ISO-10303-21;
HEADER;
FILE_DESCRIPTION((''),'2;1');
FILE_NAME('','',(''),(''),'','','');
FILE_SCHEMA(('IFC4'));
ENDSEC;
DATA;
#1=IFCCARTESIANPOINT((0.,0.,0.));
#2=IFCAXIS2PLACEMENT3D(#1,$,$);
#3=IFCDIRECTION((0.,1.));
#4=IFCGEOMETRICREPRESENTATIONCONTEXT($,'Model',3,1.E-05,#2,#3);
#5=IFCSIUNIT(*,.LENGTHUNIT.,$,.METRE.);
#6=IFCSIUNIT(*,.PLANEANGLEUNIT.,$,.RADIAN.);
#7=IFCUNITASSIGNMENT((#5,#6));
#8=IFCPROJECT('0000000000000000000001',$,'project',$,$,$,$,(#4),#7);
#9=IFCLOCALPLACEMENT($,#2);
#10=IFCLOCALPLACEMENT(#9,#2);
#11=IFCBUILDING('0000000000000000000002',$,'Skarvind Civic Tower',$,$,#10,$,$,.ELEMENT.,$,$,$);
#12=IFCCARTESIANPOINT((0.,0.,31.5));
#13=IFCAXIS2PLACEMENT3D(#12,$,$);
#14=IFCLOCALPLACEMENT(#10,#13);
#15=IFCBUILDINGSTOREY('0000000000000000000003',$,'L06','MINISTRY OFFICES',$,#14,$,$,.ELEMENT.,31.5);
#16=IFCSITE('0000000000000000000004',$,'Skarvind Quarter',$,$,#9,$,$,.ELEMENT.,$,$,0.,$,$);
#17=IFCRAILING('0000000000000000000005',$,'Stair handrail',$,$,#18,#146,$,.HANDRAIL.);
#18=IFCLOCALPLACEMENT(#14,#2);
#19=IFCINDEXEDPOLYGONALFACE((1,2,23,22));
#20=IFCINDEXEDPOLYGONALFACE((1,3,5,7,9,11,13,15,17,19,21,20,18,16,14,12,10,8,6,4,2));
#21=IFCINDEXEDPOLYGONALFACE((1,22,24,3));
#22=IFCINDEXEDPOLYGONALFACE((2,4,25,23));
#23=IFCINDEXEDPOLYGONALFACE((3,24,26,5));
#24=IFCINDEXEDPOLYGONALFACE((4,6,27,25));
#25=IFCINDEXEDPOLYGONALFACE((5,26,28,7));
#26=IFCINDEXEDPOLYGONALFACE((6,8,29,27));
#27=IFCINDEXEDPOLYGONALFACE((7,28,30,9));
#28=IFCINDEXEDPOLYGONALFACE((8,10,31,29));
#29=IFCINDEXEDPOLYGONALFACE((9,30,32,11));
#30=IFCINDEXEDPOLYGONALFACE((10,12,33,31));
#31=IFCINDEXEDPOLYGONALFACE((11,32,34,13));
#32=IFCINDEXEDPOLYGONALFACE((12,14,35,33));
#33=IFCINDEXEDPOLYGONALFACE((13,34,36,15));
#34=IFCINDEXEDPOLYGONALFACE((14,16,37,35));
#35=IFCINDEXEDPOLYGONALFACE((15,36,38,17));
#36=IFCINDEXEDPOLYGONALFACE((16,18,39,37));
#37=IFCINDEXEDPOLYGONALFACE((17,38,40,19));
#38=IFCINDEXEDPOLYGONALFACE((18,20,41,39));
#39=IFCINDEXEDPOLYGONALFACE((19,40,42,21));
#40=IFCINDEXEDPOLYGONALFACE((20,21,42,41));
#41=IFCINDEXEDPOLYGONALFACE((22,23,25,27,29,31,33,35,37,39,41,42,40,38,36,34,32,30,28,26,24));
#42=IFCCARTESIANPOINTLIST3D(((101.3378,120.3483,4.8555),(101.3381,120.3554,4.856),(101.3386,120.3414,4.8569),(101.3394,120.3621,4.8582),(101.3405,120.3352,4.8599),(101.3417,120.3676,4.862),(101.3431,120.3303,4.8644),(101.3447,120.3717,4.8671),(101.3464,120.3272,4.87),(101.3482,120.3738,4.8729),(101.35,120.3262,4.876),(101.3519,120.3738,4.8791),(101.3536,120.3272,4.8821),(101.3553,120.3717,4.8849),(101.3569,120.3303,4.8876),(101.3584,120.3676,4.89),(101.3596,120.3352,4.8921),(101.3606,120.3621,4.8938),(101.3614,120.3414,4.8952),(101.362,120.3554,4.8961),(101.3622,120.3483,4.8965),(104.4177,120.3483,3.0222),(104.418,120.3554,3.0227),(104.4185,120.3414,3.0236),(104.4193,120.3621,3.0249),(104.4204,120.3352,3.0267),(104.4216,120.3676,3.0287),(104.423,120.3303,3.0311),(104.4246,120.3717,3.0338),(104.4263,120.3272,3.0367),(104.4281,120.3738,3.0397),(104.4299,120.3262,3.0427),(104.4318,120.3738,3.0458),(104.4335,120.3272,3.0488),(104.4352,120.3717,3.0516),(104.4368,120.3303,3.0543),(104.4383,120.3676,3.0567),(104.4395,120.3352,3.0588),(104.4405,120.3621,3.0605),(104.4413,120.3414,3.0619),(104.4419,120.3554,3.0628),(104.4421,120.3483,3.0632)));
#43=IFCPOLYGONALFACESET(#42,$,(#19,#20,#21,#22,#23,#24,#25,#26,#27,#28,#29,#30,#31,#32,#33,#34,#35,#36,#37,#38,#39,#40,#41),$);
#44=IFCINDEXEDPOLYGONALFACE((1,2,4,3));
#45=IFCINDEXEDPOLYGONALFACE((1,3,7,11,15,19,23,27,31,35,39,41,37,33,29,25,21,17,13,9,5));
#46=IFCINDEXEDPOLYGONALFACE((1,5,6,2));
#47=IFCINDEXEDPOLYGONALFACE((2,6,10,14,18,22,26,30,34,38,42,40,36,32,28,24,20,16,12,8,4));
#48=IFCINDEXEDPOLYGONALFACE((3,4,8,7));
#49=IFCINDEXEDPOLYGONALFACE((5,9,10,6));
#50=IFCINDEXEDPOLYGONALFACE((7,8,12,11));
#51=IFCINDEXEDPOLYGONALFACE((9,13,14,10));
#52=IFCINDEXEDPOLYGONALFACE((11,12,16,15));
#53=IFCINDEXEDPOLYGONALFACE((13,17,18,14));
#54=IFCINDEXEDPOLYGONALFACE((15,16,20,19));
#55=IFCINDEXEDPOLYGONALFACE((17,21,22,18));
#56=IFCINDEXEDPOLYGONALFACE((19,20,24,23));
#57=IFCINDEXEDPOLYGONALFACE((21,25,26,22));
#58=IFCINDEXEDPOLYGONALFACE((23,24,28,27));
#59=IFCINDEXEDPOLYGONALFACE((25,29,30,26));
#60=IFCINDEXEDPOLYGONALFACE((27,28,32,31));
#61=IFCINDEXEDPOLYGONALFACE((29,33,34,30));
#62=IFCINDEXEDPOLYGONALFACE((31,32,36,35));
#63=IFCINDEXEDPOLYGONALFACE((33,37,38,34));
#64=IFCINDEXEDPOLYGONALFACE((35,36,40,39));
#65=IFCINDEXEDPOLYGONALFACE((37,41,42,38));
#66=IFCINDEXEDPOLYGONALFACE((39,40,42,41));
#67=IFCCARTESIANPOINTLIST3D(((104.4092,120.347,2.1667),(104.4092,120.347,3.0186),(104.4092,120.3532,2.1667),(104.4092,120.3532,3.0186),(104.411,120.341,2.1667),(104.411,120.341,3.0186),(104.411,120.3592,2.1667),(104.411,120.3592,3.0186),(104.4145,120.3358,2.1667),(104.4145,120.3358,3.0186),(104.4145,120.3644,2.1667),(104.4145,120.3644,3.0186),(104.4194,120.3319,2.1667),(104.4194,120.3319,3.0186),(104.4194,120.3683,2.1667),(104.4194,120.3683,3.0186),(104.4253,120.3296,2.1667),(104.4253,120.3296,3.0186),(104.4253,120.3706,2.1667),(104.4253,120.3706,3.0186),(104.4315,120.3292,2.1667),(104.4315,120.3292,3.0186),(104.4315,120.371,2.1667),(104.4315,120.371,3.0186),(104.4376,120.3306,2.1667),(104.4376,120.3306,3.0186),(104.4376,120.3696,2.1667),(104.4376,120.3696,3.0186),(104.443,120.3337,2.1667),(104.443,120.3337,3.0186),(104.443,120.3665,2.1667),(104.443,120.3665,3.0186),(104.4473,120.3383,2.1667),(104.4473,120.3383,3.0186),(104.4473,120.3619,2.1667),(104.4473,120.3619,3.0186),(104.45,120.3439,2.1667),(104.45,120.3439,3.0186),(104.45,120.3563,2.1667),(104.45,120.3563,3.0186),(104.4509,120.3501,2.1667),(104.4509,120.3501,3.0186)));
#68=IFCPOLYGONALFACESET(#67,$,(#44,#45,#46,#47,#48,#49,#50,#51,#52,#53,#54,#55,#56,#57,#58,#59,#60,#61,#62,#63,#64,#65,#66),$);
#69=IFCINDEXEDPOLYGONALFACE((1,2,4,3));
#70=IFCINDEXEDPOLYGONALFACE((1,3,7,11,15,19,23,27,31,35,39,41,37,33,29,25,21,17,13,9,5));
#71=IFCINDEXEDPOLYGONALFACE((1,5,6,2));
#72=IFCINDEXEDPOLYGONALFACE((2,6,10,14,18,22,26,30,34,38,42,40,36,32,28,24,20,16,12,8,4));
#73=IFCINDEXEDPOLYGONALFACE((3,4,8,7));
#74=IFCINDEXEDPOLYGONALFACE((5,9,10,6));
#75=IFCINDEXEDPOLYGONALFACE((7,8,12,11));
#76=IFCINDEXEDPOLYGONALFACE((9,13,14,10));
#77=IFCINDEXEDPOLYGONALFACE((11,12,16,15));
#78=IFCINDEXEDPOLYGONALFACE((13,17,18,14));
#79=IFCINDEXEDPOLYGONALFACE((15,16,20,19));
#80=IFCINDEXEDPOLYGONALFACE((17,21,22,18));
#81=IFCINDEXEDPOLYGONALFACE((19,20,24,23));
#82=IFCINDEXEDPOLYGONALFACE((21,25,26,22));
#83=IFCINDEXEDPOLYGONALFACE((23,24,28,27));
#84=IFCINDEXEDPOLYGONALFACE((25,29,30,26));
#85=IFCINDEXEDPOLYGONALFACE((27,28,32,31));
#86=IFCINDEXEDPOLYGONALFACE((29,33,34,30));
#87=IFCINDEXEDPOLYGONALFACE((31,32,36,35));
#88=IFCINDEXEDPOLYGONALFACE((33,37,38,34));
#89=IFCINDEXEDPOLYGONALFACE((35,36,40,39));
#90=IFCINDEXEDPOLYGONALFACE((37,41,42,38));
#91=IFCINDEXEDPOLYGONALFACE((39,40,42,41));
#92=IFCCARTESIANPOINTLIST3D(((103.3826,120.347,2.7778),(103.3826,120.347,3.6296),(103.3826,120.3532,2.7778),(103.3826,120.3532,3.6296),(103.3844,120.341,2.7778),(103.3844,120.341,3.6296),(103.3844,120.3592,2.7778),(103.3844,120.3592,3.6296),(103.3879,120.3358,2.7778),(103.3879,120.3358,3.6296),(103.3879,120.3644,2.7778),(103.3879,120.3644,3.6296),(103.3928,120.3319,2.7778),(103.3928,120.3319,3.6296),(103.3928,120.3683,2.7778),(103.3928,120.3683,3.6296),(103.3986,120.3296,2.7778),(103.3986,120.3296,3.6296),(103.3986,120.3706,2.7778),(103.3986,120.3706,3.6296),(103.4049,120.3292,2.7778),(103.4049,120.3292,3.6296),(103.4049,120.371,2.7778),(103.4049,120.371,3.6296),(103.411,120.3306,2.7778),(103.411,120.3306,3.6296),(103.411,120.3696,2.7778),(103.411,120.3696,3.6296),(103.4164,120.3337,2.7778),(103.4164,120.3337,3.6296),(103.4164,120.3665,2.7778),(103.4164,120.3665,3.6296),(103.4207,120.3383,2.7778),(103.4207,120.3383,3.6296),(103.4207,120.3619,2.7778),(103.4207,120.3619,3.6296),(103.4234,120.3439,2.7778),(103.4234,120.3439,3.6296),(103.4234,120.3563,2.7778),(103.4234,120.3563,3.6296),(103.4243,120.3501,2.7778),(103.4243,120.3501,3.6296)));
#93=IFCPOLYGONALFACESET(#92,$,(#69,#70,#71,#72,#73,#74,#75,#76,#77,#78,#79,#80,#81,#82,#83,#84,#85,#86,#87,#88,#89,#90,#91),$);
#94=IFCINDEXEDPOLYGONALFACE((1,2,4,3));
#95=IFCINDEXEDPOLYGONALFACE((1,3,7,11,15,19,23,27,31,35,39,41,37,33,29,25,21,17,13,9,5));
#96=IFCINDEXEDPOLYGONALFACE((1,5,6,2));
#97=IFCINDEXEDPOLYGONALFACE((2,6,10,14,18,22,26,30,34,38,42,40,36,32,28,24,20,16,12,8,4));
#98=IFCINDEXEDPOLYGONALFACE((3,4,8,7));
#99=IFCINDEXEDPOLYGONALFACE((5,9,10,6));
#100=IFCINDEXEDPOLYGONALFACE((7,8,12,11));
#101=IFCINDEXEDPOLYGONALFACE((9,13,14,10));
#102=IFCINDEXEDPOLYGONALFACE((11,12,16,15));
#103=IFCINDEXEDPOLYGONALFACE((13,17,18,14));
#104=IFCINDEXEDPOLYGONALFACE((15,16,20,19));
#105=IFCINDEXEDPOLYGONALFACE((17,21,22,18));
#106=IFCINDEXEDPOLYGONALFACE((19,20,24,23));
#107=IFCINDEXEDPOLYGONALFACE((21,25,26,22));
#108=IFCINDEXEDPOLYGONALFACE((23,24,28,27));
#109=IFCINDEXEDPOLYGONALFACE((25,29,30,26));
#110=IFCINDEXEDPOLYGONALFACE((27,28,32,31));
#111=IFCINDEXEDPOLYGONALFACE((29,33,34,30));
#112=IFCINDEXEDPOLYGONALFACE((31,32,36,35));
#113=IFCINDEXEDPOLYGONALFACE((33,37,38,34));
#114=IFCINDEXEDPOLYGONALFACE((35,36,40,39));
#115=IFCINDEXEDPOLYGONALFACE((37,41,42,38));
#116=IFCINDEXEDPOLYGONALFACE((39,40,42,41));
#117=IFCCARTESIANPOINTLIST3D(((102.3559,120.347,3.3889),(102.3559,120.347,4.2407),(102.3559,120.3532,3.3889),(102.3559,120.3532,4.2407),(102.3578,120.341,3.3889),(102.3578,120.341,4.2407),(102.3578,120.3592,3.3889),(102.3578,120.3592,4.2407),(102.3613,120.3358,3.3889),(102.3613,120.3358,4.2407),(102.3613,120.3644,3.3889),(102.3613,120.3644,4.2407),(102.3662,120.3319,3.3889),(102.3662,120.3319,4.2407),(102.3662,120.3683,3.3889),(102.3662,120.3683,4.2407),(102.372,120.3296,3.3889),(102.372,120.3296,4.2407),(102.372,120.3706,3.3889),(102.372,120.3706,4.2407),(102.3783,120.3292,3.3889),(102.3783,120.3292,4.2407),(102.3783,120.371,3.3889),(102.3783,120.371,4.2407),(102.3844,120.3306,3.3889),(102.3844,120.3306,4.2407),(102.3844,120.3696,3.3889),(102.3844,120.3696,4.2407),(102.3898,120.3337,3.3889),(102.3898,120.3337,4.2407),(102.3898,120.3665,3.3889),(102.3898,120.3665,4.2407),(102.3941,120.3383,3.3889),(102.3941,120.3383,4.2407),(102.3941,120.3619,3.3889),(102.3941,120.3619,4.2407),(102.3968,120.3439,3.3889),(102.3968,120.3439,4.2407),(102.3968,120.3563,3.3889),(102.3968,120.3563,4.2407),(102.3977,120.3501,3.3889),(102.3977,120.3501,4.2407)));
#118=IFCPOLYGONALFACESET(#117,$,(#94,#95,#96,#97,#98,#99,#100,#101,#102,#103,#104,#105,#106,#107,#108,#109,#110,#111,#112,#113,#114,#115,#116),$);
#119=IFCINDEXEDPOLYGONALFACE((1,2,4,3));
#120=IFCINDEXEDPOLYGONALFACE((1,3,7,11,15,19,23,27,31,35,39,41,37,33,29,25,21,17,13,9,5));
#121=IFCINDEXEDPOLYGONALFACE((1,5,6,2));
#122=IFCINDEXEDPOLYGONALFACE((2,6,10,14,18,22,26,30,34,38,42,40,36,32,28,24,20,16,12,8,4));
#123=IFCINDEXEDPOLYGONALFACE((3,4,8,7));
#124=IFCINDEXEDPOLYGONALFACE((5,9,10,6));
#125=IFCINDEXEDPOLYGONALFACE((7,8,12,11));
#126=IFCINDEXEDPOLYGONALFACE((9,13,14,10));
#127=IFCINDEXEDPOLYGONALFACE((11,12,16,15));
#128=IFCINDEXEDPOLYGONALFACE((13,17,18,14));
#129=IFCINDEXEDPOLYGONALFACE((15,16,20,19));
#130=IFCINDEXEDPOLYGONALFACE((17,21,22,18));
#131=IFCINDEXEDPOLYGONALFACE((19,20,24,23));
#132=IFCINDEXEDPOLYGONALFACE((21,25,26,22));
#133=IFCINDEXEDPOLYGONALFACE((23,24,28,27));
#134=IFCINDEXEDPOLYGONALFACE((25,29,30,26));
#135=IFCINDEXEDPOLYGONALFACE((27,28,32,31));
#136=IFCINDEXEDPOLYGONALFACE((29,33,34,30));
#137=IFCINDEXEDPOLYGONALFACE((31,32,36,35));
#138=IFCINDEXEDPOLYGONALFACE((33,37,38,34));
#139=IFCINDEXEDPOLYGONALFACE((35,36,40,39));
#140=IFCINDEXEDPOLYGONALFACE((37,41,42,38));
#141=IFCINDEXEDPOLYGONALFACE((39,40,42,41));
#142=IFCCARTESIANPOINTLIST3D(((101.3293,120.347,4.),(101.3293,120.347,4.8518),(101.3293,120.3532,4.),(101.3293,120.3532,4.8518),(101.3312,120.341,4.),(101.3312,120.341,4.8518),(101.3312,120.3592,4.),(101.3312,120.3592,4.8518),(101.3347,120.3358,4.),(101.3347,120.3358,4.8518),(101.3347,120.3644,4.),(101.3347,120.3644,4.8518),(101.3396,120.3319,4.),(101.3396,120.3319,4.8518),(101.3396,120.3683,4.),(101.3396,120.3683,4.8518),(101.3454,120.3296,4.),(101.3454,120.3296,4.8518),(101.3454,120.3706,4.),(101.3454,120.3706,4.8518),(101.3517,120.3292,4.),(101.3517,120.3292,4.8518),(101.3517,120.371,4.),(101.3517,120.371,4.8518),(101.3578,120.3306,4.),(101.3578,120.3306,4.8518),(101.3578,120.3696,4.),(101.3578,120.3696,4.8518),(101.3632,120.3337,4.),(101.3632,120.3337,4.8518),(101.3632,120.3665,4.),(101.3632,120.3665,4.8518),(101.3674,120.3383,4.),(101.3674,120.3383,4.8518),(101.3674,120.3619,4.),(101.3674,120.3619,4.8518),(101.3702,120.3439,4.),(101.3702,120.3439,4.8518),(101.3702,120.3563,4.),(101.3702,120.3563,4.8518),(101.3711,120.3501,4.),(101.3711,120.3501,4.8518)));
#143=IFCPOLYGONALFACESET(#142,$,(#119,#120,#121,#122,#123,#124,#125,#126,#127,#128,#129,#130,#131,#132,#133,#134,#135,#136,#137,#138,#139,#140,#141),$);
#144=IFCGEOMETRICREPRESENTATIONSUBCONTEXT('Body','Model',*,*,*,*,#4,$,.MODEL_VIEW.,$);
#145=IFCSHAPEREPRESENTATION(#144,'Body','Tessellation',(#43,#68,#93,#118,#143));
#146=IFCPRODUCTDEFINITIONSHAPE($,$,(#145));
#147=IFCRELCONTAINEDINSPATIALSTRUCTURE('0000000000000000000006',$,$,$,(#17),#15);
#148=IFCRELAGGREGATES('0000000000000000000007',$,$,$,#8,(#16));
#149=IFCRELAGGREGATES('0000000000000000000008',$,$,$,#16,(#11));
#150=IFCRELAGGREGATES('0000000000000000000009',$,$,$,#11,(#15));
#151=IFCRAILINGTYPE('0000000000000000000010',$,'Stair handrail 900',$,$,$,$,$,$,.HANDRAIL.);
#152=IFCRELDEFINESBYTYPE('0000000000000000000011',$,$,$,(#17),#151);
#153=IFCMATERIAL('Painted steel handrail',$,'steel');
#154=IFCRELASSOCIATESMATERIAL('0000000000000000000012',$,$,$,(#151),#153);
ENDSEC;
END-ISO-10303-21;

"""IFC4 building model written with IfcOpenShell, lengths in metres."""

from ifc_helpers import new_model, si_unit, direction, frame, origin, origin_2d, place, context, subcontext, project, spatial, circle, extrude, material, type_object, element, save


model = new_model("IFC4")

# Units and contexts
model_context = context("Model", 3, precision=1e-05, world=origin(), true_north=direction((0.0, 1.0)))
body_context = subcontext(model_context, "Body", "Model", "MODEL_VIEW")
ifc_project = project(units=[si_unit("LENGTHUNIT", "METRE"), si_unit("PLANEANGLEUNIT", "RADIAN")], contexts=[model_context])

# Site, building, storey
site_placement = place(None, origin())
site = spatial("IfcSite", under=ifc_project, at=site_placement, Name="Skarvind Quarter", CompositionType="ELEMENT", RefElevation=0.0)
building_placement = place(site_placement, origin())
building = spatial("IfcBuilding", under=site, at=building_placement, Name="Skarvind Civic Tower", CompositionType="ELEMENT")
storey_placement = place(building_placement, frame((0.0, 0.0, 31.5)))
storey = spatial("IfcBuildingStorey", under=building, at=storey_placement, Name="L06", Description="MINISTRY OFFICES", CompositionType="ELEMENT", Elevation=31.5)

# Railing
ifc_material_1 = material(Name="Painted steel handrail", Category="steel")
railing_type = type_object("IfcRailingType", Name="Stair handrail 900", PredefinedType="HANDRAIL", material=ifc_material_1)
railing_placement = place(storey_placement, frame((104.4299, 120.3501, 2.1667)))
element("IfcRailing", 1, at=railing_placement, inside=storey, type_object=railing_type, Name="Stair handrail", PredefinedType="HANDRAIL", context=body_context, shape_type="SweptSolid", body=[
    extrude(circle(Radius=0.0239, at=origin_2d()), frame((0.0, 0.0, 0.876), z_axis=(-0.859291, 0.0, 0.511487), x_axis=(0.0, -1.0, 0.0)), (0.0, 0.0, 1.0), 3.5842),
    extrude(circle(Radius=0.021, at=origin_2d()), origin(), (0.0, 0.0, 1.0), 0.8518),
    extrude(circle(Radius=0.021, at=origin_2d()), frame((-1.0266, 0.0, 0.6111)), (0.0, 0.0, 1.0), 0.8518),
    extrude(circle(Radius=0.021, at=origin_2d()), frame((-2.0532, 0.0, 1.2222)), (0.0, 0.0, 1.0), 0.8518),
    extrude(circle(Radius=0.021, at=origin_2d()), frame((-3.0798, 0.0, 1.8333)), (0.0, 0.0, 1.0), 0.8518),
])

save(model, "model.ifc")
